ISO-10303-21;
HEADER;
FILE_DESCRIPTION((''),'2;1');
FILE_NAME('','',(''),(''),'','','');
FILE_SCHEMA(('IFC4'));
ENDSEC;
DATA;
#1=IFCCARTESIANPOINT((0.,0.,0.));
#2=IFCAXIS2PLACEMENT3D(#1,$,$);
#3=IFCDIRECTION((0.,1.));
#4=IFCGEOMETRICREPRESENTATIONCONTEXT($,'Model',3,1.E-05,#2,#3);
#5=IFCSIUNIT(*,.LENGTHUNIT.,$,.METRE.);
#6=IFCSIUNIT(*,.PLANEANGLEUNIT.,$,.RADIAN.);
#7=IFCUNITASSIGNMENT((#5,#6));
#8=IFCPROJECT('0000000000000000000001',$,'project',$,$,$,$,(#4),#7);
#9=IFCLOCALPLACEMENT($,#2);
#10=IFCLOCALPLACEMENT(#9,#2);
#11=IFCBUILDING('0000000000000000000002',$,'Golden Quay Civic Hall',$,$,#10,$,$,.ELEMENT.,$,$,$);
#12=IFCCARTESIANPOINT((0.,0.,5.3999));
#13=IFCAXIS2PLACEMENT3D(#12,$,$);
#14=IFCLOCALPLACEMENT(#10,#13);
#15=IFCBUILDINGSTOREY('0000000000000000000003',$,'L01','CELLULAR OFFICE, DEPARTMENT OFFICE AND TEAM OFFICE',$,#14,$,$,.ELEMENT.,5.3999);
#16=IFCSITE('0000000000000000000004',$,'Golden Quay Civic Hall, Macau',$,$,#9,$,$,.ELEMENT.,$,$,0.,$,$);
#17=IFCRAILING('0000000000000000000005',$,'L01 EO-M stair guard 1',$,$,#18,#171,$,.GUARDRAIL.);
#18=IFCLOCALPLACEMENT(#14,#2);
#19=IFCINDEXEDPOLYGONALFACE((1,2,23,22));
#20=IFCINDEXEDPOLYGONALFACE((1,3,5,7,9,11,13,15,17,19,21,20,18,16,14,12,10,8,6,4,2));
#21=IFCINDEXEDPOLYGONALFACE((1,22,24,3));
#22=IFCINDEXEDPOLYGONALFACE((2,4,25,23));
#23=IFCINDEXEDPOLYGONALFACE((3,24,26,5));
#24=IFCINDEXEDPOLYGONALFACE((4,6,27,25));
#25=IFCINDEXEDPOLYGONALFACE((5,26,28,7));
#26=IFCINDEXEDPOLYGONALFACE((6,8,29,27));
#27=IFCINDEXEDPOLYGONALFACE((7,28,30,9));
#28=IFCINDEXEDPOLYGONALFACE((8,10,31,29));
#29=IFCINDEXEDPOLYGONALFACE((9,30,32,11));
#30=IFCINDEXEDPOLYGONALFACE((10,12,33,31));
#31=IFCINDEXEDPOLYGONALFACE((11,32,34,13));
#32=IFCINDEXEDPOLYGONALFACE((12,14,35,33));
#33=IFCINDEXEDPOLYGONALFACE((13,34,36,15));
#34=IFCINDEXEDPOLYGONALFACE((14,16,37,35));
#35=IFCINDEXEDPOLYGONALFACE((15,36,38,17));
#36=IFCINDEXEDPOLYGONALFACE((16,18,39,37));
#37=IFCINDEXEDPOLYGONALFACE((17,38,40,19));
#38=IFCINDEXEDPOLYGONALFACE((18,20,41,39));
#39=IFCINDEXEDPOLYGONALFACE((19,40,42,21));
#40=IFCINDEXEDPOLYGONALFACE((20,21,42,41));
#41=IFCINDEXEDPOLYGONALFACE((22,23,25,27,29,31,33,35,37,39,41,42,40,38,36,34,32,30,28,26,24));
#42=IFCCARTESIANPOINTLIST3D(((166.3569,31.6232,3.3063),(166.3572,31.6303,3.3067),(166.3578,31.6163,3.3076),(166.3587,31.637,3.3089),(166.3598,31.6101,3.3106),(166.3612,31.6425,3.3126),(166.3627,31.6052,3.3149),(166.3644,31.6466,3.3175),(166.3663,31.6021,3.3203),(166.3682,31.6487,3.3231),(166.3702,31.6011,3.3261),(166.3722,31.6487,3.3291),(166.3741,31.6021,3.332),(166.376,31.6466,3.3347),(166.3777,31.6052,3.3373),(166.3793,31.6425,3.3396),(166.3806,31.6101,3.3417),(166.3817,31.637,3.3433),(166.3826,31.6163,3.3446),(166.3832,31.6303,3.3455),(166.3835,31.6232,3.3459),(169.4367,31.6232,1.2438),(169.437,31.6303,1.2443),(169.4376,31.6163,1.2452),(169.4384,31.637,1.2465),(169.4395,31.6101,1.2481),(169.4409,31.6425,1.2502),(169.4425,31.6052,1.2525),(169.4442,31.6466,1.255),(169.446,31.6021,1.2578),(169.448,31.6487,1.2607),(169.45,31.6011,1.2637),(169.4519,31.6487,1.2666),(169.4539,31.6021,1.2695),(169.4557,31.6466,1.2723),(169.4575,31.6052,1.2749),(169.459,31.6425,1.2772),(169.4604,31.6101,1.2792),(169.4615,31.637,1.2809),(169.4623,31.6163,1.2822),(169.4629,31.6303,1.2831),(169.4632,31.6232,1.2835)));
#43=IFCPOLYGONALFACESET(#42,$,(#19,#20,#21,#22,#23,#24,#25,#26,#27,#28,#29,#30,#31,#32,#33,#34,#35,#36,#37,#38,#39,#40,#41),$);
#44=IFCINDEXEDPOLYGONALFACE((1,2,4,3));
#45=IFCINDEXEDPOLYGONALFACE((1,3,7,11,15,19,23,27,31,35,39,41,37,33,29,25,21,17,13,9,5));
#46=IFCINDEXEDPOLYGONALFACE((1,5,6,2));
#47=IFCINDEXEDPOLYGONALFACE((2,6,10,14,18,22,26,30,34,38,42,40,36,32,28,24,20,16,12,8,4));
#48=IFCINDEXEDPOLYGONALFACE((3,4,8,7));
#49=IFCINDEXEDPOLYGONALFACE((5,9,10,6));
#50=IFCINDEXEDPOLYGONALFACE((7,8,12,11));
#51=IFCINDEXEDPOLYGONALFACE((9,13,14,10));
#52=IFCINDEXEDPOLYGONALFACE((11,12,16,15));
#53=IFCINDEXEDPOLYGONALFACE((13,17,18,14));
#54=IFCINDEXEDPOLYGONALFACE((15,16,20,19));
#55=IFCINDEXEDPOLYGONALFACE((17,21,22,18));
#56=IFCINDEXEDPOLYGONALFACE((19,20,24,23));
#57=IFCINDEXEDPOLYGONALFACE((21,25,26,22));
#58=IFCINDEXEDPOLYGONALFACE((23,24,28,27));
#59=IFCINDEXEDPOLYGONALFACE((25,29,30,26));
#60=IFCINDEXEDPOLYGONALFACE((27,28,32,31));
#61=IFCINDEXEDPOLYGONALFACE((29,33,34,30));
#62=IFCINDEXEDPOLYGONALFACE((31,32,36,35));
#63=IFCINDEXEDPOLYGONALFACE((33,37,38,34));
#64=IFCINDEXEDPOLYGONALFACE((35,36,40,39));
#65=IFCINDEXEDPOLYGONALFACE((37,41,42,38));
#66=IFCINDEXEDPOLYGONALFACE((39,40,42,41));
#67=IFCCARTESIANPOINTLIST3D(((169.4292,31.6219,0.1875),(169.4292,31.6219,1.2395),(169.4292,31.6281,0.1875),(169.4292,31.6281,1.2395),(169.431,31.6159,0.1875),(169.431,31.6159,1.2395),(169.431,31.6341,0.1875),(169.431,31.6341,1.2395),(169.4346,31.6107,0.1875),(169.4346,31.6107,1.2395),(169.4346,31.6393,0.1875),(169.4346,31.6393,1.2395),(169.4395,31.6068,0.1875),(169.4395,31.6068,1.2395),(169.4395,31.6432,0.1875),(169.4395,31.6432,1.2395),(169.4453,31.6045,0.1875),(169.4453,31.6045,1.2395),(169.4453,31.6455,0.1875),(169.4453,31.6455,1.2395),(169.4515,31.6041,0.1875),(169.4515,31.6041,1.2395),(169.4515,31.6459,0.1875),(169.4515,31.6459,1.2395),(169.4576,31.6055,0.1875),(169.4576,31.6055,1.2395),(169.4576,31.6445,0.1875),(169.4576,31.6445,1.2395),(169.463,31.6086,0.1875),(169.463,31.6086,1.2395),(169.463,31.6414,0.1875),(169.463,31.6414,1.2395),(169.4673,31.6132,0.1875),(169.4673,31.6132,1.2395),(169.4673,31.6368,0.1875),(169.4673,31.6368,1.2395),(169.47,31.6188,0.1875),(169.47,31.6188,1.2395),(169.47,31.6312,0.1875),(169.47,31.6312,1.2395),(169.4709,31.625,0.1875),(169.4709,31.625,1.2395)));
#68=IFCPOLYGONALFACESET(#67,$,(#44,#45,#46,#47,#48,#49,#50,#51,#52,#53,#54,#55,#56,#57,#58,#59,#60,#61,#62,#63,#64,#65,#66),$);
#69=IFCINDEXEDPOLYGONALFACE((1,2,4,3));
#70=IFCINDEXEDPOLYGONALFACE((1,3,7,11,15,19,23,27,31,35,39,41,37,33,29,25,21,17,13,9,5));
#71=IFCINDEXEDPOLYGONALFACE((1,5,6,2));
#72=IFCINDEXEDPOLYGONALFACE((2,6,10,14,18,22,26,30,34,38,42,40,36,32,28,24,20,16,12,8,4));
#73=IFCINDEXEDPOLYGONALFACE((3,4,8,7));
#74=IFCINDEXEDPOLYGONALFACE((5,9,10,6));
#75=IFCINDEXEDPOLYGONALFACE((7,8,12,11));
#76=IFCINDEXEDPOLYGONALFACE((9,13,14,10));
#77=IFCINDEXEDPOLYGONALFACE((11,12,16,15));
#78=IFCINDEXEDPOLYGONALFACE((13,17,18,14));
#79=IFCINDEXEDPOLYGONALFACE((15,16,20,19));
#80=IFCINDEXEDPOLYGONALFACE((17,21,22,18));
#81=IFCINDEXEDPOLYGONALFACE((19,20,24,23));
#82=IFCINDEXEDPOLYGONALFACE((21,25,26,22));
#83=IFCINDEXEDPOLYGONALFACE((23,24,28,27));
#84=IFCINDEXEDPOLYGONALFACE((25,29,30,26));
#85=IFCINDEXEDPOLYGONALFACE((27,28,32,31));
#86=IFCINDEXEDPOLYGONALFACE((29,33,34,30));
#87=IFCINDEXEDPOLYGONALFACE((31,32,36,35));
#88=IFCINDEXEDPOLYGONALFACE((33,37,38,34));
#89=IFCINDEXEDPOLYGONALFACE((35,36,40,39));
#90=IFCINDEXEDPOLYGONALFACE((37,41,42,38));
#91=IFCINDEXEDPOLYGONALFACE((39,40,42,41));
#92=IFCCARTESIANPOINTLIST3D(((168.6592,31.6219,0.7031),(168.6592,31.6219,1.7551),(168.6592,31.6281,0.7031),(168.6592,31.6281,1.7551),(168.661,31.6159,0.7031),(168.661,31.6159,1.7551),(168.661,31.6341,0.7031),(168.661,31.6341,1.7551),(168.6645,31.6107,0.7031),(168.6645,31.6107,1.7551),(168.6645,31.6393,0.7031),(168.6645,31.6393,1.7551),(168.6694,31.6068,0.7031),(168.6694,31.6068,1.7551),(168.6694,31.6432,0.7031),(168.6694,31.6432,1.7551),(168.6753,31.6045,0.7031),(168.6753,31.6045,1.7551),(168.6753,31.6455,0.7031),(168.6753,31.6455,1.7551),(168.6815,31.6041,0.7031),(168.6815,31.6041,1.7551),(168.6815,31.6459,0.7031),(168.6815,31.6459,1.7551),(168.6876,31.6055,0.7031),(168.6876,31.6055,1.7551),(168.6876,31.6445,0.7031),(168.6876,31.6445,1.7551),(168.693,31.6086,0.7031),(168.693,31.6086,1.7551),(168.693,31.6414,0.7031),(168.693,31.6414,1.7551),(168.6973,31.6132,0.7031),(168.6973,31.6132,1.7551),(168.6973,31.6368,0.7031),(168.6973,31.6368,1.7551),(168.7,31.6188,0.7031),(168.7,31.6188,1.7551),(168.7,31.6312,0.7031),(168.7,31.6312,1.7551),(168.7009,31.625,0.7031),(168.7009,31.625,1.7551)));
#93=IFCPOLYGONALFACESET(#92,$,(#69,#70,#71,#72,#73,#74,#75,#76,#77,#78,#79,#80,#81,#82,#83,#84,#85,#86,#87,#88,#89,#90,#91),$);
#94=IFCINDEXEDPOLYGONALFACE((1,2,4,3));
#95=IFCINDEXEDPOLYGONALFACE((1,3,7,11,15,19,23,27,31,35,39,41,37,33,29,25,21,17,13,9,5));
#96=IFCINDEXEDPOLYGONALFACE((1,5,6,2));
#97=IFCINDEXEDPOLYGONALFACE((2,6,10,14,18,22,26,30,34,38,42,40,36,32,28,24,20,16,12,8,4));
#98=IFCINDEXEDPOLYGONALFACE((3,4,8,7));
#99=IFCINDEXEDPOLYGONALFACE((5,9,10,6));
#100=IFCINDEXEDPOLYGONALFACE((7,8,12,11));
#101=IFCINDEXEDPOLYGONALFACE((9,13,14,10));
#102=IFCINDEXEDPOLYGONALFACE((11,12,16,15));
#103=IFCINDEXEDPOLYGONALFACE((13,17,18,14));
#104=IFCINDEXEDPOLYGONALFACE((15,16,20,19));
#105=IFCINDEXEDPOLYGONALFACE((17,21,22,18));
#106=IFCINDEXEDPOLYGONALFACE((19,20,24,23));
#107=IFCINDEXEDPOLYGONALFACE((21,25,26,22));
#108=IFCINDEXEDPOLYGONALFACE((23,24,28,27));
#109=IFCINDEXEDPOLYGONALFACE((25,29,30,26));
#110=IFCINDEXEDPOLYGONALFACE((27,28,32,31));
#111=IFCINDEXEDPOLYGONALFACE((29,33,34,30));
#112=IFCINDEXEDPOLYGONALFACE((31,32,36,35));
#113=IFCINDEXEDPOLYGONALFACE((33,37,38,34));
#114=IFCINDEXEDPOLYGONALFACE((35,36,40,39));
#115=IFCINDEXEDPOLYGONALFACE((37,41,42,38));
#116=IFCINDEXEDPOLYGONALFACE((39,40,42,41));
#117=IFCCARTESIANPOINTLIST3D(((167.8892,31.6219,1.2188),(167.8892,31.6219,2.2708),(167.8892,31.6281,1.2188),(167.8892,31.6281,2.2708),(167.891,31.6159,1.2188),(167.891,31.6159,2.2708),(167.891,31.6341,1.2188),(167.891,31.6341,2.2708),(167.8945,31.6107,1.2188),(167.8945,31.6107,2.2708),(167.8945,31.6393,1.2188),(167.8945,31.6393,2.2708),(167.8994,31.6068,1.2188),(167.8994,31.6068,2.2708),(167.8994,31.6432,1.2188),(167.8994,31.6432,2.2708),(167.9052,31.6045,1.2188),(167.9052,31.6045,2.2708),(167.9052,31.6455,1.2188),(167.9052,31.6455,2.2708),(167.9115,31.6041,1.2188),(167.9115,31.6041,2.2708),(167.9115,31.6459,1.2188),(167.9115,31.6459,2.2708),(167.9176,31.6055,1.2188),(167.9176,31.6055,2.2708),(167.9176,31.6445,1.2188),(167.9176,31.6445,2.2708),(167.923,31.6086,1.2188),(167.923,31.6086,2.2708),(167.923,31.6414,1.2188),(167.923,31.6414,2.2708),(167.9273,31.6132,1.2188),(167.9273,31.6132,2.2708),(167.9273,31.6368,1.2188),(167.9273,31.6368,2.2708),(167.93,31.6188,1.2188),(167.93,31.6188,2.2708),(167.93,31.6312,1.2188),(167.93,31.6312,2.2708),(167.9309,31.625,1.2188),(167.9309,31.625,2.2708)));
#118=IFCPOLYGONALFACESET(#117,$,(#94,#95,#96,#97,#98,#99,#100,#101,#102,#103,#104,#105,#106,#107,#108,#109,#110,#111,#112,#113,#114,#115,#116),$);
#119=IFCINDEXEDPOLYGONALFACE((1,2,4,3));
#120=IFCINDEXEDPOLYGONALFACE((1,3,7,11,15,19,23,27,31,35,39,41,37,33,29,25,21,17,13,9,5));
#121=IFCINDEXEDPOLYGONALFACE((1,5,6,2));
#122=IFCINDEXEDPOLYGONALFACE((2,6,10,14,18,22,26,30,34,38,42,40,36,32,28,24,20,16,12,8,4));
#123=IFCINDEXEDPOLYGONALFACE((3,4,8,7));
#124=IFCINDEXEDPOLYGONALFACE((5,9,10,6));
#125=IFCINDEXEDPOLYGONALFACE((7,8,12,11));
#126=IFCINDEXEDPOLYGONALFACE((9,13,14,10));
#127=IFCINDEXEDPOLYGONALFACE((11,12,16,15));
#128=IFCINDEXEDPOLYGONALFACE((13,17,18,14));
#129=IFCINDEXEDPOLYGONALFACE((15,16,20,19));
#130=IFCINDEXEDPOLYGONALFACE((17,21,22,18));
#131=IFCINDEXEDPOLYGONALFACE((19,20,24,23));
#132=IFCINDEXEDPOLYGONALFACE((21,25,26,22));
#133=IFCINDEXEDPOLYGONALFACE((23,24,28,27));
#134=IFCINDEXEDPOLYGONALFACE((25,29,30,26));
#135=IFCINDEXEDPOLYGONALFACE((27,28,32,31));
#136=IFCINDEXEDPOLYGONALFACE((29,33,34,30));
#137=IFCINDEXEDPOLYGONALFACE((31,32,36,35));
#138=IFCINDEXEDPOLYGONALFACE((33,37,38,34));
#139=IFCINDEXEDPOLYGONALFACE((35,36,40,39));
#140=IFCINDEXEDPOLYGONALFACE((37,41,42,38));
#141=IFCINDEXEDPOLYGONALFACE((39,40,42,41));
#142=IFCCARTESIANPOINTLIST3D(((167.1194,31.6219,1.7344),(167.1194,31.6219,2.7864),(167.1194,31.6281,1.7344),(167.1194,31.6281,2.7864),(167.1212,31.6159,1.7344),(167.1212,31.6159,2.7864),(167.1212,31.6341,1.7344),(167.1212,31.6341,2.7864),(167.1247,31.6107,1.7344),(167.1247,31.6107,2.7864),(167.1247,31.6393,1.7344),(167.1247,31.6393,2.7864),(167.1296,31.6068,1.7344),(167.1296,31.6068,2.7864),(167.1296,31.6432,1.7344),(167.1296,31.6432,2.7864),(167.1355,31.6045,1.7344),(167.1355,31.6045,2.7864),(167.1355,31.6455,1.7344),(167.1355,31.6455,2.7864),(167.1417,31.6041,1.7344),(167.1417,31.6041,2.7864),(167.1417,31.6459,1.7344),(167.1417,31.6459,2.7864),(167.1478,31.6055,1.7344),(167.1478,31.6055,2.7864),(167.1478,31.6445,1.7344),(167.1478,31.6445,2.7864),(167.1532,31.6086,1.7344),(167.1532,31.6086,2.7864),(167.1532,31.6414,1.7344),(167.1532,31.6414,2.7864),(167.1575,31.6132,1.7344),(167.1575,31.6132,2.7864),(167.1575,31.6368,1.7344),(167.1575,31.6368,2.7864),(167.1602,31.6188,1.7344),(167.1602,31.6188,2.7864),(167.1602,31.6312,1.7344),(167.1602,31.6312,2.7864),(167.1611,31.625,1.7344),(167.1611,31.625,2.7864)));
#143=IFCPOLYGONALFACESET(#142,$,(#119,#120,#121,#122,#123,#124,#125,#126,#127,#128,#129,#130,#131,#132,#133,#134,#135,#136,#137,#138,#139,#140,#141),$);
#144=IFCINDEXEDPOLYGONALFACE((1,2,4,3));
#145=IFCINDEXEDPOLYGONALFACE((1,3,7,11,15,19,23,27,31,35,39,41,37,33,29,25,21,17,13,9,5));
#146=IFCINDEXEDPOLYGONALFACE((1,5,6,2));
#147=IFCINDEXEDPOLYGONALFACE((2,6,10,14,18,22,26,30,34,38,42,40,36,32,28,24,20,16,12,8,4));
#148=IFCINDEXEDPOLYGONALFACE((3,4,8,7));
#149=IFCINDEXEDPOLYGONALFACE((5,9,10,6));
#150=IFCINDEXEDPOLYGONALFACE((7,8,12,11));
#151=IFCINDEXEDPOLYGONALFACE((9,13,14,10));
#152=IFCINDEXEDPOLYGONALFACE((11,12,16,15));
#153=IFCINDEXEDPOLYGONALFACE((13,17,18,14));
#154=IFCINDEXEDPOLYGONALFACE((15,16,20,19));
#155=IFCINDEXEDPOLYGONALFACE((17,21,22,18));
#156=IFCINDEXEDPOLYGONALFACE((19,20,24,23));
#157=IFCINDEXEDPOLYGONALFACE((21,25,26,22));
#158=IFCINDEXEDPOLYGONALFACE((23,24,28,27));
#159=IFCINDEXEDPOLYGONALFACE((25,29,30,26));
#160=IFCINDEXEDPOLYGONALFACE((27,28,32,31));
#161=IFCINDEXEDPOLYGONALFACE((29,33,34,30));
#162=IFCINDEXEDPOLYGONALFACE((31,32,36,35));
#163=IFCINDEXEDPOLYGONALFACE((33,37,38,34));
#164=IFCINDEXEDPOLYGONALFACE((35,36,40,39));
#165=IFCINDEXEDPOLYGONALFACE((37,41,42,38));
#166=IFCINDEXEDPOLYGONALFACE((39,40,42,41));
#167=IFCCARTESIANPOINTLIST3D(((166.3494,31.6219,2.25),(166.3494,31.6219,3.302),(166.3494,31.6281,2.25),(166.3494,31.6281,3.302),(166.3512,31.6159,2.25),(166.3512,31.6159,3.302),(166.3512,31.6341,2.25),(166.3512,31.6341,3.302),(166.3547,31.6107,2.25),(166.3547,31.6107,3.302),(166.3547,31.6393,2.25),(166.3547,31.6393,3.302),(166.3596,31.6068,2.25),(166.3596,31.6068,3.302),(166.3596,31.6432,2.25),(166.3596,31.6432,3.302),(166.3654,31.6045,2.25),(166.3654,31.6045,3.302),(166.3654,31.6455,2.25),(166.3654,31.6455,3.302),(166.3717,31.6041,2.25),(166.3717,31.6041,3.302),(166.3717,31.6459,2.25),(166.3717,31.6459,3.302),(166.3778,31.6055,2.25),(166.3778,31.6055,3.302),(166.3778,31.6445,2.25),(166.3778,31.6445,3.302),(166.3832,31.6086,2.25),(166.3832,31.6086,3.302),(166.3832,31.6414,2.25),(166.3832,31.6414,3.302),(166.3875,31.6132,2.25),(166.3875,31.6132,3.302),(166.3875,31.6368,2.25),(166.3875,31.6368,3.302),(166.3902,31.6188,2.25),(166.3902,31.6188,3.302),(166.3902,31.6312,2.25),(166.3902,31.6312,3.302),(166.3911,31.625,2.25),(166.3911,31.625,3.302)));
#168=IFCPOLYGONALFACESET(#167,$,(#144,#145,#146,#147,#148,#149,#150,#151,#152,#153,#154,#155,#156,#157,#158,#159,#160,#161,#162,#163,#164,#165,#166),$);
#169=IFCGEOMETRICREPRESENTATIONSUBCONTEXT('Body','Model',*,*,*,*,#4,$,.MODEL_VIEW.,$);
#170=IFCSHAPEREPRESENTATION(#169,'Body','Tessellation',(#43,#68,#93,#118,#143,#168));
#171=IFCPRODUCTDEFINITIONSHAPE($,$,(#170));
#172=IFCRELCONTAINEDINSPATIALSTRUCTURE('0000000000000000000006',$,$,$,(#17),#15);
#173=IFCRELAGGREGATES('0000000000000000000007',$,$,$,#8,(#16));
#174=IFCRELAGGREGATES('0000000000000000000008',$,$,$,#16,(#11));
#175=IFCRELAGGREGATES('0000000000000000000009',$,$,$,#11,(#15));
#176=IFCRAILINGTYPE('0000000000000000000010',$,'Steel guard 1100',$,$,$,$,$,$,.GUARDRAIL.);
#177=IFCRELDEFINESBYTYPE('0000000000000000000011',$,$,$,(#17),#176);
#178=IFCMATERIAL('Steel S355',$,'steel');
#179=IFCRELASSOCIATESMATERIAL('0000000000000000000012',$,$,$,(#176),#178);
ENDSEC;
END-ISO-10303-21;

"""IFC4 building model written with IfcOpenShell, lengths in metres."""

from ifc_helpers import new_model, si_unit, direction, frame, origin, origin_2d, place, context, subcontext, project, spatial, circle, extrude, material, type_object, element, save


model = new_model("IFC4")

# Units and contexts
model_context = context("Model", 3, precision=1e-05, world=origin(), true_north=direction((0.0, 1.0)))
body_context = subcontext(model_context, "Body", "Model", "MODEL_VIEW")
ifc_project = project(units=[si_unit("LENGTHUNIT", "METRE"), si_unit("PLANEANGLEUNIT", "RADIAN")], contexts=[model_context])

# Site, building, storey
site_placement = place(None, origin())
site = spatial("IfcSite", under=ifc_project, at=site_placement, Name="Golden Quay Civic Hall, Macau", CompositionType="ELEMENT", RefElevation=0.0)
building_placement = place(site_placement, origin())
building = spatial("IfcBuilding", under=site, at=building_placement, Name="Golden Quay Civic Hall", CompositionType="ELEMENT")
storey_placement = place(building_placement, frame((0.0, 0.0, 5.3999)))
storey = spatial("IfcBuildingStorey", under=building, at=storey_placement, Name="L01", Description="CELLULAR OFFICE, DEPARTMENT OFFICE AND TEAM OFFICE", CompositionType="ELEMENT", Elevation=5.3999)

# Railing
ifc_material_1 = material(Name="Steel S355", Category="steel")
railing_type_1 = type_object("IfcRailingType", Name="Steel guard 1100", PredefinedType="GUARDRAIL", material=ifc_material_1)
railing_1_placement = place(storey_placement, frame((169.45, 31.625, 0.1875)))
element("IfcRailing", 1, at=railing_1_placement, inside=storey, type_object=railing_type_1, Name="L01 EO-M stair guard 1", PredefinedType="GUARDRAIL", context=body_context, shape_type="SweptSolid", body=[
    extrude(circle(Radius=0.0239, at=origin_2d()), frame((0.0, 0.0, 1.0762), z_axis=(-0.830893, 0.0, 0.556432), x_axis=(0.0, -1.0, 0.0)), (0.0, 0.0, 1.0), 3.7065),
    extrude(circle(Radius=0.021, at=origin_2d()), origin(), (0.0, 0.0, 1.0), 1.052),
    extrude(circle(Radius=0.021, at=origin_2d()), frame((-0.77, 0.0, 0.5156)), (0.0, 0.0, 1.0), 1.052),
    extrude(circle(Radius=0.021, at=origin_2d()), frame((-1.54, 0.0, 1.0312)), (0.0, 0.0, 1.0), 1.052),
    extrude(circle(Radius=0.021, at=origin_2d()), frame((-2.3098, 0.0, 1.5469)), (0.0, 0.0, 1.0), 1.052),
    extrude(circle(Radius=0.021, at=origin_2d()), frame((-3.0798, 0.0, 2.0625)), (0.0, 0.0, 1.0), 1.052),
])

save(model, "model.ifc")
